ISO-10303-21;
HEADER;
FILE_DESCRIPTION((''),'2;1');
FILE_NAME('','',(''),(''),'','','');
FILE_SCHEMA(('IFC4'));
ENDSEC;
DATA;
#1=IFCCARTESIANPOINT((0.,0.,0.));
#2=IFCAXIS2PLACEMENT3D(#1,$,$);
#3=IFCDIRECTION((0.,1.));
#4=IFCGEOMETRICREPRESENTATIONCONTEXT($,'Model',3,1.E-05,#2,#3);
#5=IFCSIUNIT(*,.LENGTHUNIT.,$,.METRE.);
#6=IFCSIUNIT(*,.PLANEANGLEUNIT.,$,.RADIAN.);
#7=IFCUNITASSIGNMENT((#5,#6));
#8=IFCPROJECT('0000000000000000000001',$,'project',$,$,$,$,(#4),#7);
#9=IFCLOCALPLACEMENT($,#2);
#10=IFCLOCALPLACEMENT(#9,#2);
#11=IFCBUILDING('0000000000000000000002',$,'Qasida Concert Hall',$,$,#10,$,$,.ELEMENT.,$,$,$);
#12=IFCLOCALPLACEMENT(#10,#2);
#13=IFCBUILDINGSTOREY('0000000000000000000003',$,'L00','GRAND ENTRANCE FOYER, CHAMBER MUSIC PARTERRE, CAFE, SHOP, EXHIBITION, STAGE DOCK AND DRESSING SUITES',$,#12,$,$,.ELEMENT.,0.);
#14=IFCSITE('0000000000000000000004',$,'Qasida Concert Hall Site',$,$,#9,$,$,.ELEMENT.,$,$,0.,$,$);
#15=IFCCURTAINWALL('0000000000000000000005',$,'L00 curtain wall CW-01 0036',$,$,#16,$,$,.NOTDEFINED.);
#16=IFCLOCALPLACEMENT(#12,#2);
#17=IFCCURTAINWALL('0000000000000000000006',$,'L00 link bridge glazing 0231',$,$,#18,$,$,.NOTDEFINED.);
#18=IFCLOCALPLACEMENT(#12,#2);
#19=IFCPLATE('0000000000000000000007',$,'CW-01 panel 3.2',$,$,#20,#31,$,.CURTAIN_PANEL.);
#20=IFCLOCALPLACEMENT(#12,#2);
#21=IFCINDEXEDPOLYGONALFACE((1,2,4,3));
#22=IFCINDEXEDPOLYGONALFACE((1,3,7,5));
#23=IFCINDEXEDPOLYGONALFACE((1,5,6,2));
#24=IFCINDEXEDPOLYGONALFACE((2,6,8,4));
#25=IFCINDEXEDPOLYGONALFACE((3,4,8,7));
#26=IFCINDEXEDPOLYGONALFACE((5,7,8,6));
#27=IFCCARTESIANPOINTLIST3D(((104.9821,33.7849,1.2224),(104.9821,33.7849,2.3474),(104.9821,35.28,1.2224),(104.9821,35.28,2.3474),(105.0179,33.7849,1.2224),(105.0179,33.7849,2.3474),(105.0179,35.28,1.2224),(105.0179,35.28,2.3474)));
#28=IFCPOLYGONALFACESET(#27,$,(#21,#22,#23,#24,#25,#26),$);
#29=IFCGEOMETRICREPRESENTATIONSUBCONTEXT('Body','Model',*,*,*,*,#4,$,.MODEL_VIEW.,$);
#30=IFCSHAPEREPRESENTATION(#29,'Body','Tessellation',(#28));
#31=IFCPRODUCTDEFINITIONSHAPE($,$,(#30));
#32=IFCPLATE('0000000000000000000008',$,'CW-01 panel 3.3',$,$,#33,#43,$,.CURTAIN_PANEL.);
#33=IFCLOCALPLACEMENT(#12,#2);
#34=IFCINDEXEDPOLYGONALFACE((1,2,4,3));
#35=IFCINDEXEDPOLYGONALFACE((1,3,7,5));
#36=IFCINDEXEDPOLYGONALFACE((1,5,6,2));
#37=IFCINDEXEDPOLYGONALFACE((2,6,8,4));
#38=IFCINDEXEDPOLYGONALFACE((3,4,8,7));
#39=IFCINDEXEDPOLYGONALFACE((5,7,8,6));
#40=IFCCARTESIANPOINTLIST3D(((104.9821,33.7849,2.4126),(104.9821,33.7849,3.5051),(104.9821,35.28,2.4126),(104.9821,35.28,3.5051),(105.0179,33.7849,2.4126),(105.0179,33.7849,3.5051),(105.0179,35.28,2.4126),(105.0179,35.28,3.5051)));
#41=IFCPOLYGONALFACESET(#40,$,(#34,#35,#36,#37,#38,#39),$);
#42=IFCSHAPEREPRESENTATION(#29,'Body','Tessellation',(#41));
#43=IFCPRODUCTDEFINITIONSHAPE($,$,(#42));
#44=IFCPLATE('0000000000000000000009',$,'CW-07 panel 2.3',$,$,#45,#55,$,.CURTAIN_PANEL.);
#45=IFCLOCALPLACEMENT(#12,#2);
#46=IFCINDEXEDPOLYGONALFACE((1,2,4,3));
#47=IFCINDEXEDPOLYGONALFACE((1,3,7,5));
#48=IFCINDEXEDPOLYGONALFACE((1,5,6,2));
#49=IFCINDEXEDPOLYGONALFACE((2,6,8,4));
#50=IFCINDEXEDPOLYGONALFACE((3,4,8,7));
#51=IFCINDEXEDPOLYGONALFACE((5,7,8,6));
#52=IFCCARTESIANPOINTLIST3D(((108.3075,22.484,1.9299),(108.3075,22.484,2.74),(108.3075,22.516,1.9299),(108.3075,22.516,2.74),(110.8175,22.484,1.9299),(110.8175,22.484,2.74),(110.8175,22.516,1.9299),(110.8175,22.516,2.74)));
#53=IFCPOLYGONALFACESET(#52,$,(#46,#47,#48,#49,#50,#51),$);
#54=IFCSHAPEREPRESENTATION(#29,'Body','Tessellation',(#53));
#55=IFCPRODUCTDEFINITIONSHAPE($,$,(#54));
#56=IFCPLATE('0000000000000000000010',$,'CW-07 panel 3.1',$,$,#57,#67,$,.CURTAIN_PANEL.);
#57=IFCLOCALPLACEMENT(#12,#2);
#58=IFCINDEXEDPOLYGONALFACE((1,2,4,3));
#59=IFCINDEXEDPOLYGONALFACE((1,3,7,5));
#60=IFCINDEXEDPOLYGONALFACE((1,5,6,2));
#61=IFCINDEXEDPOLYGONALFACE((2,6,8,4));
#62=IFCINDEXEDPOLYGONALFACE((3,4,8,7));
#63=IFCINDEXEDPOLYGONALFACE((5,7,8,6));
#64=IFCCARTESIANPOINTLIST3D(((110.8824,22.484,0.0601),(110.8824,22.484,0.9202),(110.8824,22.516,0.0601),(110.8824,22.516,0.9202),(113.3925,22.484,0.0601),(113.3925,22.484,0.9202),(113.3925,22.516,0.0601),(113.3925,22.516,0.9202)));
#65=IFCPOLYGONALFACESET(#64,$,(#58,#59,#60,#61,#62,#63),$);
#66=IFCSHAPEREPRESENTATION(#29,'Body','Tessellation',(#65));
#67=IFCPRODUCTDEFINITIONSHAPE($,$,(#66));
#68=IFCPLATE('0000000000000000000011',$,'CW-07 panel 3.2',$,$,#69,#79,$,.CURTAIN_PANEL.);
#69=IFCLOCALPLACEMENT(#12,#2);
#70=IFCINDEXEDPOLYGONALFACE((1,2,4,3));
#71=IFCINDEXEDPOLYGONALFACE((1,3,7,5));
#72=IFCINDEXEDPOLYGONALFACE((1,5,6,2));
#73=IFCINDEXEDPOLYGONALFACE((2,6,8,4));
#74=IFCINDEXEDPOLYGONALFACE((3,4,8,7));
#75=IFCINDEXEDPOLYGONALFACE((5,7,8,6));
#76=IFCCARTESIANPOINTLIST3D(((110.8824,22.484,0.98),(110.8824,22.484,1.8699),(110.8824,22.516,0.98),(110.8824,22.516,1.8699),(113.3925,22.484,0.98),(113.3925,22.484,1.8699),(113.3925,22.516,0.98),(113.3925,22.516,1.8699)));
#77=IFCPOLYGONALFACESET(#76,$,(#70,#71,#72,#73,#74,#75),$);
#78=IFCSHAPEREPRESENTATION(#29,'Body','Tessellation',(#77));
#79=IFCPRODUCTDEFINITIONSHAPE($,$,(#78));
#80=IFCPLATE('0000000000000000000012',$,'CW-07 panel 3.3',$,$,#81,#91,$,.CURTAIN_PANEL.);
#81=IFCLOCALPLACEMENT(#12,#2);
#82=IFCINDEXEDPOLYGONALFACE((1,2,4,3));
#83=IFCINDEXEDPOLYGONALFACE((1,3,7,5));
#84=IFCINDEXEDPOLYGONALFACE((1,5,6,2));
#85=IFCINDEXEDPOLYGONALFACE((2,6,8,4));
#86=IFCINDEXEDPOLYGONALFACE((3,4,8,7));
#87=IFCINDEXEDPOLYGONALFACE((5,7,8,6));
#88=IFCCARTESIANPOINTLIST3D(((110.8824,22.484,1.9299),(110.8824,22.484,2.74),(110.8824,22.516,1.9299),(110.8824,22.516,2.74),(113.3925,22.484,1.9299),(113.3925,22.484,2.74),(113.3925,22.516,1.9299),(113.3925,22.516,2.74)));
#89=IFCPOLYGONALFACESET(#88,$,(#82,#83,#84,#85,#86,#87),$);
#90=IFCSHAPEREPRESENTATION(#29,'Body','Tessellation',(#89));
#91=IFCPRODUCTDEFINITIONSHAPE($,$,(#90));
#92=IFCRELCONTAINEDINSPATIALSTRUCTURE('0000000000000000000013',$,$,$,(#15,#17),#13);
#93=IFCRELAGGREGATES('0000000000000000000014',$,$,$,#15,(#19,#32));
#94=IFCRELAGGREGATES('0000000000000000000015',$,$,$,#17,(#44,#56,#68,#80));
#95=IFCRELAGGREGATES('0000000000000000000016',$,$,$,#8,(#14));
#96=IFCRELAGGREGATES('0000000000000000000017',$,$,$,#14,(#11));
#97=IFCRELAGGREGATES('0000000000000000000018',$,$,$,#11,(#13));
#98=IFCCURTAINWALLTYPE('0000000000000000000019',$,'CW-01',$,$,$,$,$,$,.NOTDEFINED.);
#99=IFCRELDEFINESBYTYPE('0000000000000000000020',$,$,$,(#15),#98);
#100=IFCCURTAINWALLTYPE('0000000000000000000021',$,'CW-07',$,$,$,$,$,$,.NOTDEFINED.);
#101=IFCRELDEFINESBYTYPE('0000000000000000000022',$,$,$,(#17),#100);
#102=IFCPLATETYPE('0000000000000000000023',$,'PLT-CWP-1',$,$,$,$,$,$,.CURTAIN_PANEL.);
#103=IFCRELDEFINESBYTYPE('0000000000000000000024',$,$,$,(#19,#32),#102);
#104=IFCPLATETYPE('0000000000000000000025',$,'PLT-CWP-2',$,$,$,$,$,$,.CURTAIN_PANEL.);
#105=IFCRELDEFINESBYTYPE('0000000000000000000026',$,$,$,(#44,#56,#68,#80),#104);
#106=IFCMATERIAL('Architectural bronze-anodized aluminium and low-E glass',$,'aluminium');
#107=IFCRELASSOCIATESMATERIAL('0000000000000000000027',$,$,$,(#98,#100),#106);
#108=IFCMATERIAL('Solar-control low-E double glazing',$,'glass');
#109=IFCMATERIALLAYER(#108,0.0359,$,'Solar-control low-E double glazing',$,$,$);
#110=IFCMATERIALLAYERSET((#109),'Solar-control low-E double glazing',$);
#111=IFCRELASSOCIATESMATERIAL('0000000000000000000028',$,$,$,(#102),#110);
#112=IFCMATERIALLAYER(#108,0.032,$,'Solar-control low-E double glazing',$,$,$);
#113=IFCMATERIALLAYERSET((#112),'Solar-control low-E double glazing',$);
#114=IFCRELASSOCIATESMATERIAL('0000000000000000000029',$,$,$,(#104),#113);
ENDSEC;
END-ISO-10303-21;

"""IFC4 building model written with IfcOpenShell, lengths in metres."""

from ifc_helpers import new_model, si_unit, direction, frame, origin, origin_2d, place, context, subcontext, project, spatial, rectangle, extrude, material, layer, layer_set, type_object, element, aggregate, save


model = new_model("IFC4")

# Units and contexts
model_context = context("Model", 3, precision=1e-05, world=origin(), true_north=direction((0.0, 1.0)))
body_context = subcontext(model_context, "Body", "Model", "MODEL_VIEW")
ifc_project = project(units=[si_unit("LENGTHUNIT", "METRE"), si_unit("PLANEANGLEUNIT", "RADIAN")], contexts=[model_context])

# Site, building, storey
site_placement = place(None, origin())
site = spatial("IfcSite", under=ifc_project, at=site_placement, Name="Qasida Concert Hall Site", CompositionType="ELEMENT", RefElevation=0.0)
building_placement = place(site_placement, origin())
building = spatial("IfcBuilding", under=site, at=building_placement, Name="Qasida Concert Hall", CompositionType="ELEMENT")
storey_placement = place(building_placement, origin())
storey = spatial("IfcBuildingStorey", under=building, at=storey_placement, Name="L00", Description="GRAND ENTRANCE FOYER, CHAMBER MUSIC PARTERRE, CAFE, SHOP, EXHIBITION, STAGE DOCK AND DRESSING SUITES", CompositionType="ELEMENT", Elevation=0.0)

# Curtain wall
ifc_material_1 = material(Name="Architectural bronze-anodized aluminium and low-E glass", Category="aluminium")
curtain_wall_type_1 = type_object("IfcCurtainWallType", Name="CW-01", PredefinedType="NOTDEFINED", material=ifc_material_1)
curtain_wall_1_placement = place(storey_placement, origin())
curtain_wall_1 = element("IfcCurtainWall", 1, at=curtain_wall_1_placement, inside=storey, type_object=curtain_wall_type_1, Name="L00 curtain wall CW-01 0036", PredefinedType="NOTDEFINED")

# Curtain wall
curtain_wall_type_2 = type_object("IfcCurtainWallType", Name="CW-07", PredefinedType="NOTDEFINED", material=ifc_material_1)
curtain_wall_2_placement = place(storey_placement, origin())
curtain_wall_2 = element("IfcCurtainWall", 2, at=curtain_wall_2_placement, inside=storey, type_object=curtain_wall_type_2, Name="L00 link bridge glazing 0231", PredefinedType="NOTDEFINED")

# Plates
ifc_material_2 = material(Name="Solar-control low-E double glazing", Category="glass")
ifc_layer_1 = layer(ifc_material_2, 0.0359, Name="Solar-control low-E double glazing")
ifc_layer_set_1 = layer_set([ifc_layer_1], Name="Solar-control low-E double glazing")
plate_type_1 = type_object("IfcPlateType", Name="PLT-CWP-1", PredefinedType="CURTAIN_PANEL", material=ifc_layer_set_1)
plate_1_placement = place(storey_placement, frame((105.0, 34.5325, 1.2224), z_axis=(0.0, 0.0, 1.0), x_axis=(0.0, 1.0, 0.0)))
plate_1 = element("IfcPlate", 3, at=plate_1_placement, type_object=plate_type_1, Name="CW-01 panel 3.2", PredefinedType="CURTAIN_PANEL", context=body_context, shape_type="SweptSolid", body=[
    extrude(rectangle(XDim=1.4951, YDim=0.0359, at=origin_2d()), origin(), (0.0, 0.0, 1.0), 1.125),
])
plate_2_placement = place(storey_placement, frame((105.0, 34.5325, 2.4126), z_axis=(0.0, 0.0, 1.0), x_axis=(0.0, 1.0, 0.0)))
plate_2 = element("IfcPlate", 4, at=plate_2_placement, type_object=plate_type_1, Name="CW-01 panel 3.3", PredefinedType="CURTAIN_PANEL", context=body_context, shape_type="SweptSolid", body=[
    extrude(rectangle(XDim=1.4951, YDim=0.0359, at=origin_2d()), origin(), (0.0, 0.0, 1.0), 1.0925),
])
aggregate(curtain_wall_1, [plate_1, plate_2])
ifc_layer_2 = layer(ifc_material_2, 0.032, Name="Solar-control low-E double glazing")
ifc_layer_set_2 = layer_set([ifc_layer_2], Name="Solar-control low-E double glazing")
plate_type_2 = type_object("IfcPlateType", Name="PLT-CWP-2", PredefinedType="CURTAIN_PANEL", material=ifc_layer_set_2)
plate_3_placement = place(storey_placement, frame((109.5625, 22.5, 1.9299), z_axis=(0.0, 0.0, 1.0), x_axis=(1.0, 0.0, 0.0)))
plate_3 = element("IfcPlate", 5, at=plate_3_placement, type_object=plate_type_2, Name="CW-07 panel 2.3", PredefinedType="CURTAIN_PANEL", context=body_context, shape_type="SweptSolid", body=[
    extrude(rectangle(XDim=2.51, YDim=0.032, at=origin_2d()), origin(), (0.0, 0.0, 1.0), 0.8101),
])
plate_4_placement = place(storey_placement, frame((112.1375, 22.5, 0.0601), z_axis=(0.0, 0.0, 1.0), x_axis=(1.0, 0.0, 0.0)))
plate_4 = element("IfcPlate", 6, at=plate_4_placement, type_object=plate_type_2, Name="CW-07 panel 3.1", PredefinedType="CURTAIN_PANEL", context=body_context, shape_type="SweptSolid", body=[
    extrude(rectangle(XDim=2.51, YDim=0.032, at=origin_2d()), origin(), (0.0, 0.0, 1.0), 0.8601),
])
plate_5_placement = place(storey_placement, frame((112.1375, 22.5, 0.98), z_axis=(0.0, 0.0, 1.0), x_axis=(1.0, 0.0, 0.0)))
plate_5 = element("IfcPlate", 7, at=plate_5_placement, type_object=plate_type_2, Name="CW-07 panel 3.2", PredefinedType="CURTAIN_PANEL", context=body_context, shape_type="SweptSolid", body=[
    extrude(rectangle(XDim=2.51, YDim=0.032, at=origin_2d()), origin(), (0.0, 0.0, 1.0), 0.8899),
])
plate_6_placement = place(storey_placement, frame((112.1375, 22.5, 1.9299), z_axis=(0.0, 0.0, 1.0), x_axis=(1.0, 0.0, 0.0)))
plate_6 = element("IfcPlate", 8, at=plate_6_placement, type_object=plate_type_2, Name="CW-07 panel 3.3", PredefinedType="CURTAIN_PANEL", context=body_context, shape_type="SweptSolid", body=[
    extrude(rectangle(XDim=2.51, YDim=0.032, at=origin_2d()), origin(), (0.0, 0.0, 1.0), 0.8101),
])
aggregate(curtain_wall_2, [plate_3, plate_4, plate_5, plate_6])

save(model, "model.ifc")
